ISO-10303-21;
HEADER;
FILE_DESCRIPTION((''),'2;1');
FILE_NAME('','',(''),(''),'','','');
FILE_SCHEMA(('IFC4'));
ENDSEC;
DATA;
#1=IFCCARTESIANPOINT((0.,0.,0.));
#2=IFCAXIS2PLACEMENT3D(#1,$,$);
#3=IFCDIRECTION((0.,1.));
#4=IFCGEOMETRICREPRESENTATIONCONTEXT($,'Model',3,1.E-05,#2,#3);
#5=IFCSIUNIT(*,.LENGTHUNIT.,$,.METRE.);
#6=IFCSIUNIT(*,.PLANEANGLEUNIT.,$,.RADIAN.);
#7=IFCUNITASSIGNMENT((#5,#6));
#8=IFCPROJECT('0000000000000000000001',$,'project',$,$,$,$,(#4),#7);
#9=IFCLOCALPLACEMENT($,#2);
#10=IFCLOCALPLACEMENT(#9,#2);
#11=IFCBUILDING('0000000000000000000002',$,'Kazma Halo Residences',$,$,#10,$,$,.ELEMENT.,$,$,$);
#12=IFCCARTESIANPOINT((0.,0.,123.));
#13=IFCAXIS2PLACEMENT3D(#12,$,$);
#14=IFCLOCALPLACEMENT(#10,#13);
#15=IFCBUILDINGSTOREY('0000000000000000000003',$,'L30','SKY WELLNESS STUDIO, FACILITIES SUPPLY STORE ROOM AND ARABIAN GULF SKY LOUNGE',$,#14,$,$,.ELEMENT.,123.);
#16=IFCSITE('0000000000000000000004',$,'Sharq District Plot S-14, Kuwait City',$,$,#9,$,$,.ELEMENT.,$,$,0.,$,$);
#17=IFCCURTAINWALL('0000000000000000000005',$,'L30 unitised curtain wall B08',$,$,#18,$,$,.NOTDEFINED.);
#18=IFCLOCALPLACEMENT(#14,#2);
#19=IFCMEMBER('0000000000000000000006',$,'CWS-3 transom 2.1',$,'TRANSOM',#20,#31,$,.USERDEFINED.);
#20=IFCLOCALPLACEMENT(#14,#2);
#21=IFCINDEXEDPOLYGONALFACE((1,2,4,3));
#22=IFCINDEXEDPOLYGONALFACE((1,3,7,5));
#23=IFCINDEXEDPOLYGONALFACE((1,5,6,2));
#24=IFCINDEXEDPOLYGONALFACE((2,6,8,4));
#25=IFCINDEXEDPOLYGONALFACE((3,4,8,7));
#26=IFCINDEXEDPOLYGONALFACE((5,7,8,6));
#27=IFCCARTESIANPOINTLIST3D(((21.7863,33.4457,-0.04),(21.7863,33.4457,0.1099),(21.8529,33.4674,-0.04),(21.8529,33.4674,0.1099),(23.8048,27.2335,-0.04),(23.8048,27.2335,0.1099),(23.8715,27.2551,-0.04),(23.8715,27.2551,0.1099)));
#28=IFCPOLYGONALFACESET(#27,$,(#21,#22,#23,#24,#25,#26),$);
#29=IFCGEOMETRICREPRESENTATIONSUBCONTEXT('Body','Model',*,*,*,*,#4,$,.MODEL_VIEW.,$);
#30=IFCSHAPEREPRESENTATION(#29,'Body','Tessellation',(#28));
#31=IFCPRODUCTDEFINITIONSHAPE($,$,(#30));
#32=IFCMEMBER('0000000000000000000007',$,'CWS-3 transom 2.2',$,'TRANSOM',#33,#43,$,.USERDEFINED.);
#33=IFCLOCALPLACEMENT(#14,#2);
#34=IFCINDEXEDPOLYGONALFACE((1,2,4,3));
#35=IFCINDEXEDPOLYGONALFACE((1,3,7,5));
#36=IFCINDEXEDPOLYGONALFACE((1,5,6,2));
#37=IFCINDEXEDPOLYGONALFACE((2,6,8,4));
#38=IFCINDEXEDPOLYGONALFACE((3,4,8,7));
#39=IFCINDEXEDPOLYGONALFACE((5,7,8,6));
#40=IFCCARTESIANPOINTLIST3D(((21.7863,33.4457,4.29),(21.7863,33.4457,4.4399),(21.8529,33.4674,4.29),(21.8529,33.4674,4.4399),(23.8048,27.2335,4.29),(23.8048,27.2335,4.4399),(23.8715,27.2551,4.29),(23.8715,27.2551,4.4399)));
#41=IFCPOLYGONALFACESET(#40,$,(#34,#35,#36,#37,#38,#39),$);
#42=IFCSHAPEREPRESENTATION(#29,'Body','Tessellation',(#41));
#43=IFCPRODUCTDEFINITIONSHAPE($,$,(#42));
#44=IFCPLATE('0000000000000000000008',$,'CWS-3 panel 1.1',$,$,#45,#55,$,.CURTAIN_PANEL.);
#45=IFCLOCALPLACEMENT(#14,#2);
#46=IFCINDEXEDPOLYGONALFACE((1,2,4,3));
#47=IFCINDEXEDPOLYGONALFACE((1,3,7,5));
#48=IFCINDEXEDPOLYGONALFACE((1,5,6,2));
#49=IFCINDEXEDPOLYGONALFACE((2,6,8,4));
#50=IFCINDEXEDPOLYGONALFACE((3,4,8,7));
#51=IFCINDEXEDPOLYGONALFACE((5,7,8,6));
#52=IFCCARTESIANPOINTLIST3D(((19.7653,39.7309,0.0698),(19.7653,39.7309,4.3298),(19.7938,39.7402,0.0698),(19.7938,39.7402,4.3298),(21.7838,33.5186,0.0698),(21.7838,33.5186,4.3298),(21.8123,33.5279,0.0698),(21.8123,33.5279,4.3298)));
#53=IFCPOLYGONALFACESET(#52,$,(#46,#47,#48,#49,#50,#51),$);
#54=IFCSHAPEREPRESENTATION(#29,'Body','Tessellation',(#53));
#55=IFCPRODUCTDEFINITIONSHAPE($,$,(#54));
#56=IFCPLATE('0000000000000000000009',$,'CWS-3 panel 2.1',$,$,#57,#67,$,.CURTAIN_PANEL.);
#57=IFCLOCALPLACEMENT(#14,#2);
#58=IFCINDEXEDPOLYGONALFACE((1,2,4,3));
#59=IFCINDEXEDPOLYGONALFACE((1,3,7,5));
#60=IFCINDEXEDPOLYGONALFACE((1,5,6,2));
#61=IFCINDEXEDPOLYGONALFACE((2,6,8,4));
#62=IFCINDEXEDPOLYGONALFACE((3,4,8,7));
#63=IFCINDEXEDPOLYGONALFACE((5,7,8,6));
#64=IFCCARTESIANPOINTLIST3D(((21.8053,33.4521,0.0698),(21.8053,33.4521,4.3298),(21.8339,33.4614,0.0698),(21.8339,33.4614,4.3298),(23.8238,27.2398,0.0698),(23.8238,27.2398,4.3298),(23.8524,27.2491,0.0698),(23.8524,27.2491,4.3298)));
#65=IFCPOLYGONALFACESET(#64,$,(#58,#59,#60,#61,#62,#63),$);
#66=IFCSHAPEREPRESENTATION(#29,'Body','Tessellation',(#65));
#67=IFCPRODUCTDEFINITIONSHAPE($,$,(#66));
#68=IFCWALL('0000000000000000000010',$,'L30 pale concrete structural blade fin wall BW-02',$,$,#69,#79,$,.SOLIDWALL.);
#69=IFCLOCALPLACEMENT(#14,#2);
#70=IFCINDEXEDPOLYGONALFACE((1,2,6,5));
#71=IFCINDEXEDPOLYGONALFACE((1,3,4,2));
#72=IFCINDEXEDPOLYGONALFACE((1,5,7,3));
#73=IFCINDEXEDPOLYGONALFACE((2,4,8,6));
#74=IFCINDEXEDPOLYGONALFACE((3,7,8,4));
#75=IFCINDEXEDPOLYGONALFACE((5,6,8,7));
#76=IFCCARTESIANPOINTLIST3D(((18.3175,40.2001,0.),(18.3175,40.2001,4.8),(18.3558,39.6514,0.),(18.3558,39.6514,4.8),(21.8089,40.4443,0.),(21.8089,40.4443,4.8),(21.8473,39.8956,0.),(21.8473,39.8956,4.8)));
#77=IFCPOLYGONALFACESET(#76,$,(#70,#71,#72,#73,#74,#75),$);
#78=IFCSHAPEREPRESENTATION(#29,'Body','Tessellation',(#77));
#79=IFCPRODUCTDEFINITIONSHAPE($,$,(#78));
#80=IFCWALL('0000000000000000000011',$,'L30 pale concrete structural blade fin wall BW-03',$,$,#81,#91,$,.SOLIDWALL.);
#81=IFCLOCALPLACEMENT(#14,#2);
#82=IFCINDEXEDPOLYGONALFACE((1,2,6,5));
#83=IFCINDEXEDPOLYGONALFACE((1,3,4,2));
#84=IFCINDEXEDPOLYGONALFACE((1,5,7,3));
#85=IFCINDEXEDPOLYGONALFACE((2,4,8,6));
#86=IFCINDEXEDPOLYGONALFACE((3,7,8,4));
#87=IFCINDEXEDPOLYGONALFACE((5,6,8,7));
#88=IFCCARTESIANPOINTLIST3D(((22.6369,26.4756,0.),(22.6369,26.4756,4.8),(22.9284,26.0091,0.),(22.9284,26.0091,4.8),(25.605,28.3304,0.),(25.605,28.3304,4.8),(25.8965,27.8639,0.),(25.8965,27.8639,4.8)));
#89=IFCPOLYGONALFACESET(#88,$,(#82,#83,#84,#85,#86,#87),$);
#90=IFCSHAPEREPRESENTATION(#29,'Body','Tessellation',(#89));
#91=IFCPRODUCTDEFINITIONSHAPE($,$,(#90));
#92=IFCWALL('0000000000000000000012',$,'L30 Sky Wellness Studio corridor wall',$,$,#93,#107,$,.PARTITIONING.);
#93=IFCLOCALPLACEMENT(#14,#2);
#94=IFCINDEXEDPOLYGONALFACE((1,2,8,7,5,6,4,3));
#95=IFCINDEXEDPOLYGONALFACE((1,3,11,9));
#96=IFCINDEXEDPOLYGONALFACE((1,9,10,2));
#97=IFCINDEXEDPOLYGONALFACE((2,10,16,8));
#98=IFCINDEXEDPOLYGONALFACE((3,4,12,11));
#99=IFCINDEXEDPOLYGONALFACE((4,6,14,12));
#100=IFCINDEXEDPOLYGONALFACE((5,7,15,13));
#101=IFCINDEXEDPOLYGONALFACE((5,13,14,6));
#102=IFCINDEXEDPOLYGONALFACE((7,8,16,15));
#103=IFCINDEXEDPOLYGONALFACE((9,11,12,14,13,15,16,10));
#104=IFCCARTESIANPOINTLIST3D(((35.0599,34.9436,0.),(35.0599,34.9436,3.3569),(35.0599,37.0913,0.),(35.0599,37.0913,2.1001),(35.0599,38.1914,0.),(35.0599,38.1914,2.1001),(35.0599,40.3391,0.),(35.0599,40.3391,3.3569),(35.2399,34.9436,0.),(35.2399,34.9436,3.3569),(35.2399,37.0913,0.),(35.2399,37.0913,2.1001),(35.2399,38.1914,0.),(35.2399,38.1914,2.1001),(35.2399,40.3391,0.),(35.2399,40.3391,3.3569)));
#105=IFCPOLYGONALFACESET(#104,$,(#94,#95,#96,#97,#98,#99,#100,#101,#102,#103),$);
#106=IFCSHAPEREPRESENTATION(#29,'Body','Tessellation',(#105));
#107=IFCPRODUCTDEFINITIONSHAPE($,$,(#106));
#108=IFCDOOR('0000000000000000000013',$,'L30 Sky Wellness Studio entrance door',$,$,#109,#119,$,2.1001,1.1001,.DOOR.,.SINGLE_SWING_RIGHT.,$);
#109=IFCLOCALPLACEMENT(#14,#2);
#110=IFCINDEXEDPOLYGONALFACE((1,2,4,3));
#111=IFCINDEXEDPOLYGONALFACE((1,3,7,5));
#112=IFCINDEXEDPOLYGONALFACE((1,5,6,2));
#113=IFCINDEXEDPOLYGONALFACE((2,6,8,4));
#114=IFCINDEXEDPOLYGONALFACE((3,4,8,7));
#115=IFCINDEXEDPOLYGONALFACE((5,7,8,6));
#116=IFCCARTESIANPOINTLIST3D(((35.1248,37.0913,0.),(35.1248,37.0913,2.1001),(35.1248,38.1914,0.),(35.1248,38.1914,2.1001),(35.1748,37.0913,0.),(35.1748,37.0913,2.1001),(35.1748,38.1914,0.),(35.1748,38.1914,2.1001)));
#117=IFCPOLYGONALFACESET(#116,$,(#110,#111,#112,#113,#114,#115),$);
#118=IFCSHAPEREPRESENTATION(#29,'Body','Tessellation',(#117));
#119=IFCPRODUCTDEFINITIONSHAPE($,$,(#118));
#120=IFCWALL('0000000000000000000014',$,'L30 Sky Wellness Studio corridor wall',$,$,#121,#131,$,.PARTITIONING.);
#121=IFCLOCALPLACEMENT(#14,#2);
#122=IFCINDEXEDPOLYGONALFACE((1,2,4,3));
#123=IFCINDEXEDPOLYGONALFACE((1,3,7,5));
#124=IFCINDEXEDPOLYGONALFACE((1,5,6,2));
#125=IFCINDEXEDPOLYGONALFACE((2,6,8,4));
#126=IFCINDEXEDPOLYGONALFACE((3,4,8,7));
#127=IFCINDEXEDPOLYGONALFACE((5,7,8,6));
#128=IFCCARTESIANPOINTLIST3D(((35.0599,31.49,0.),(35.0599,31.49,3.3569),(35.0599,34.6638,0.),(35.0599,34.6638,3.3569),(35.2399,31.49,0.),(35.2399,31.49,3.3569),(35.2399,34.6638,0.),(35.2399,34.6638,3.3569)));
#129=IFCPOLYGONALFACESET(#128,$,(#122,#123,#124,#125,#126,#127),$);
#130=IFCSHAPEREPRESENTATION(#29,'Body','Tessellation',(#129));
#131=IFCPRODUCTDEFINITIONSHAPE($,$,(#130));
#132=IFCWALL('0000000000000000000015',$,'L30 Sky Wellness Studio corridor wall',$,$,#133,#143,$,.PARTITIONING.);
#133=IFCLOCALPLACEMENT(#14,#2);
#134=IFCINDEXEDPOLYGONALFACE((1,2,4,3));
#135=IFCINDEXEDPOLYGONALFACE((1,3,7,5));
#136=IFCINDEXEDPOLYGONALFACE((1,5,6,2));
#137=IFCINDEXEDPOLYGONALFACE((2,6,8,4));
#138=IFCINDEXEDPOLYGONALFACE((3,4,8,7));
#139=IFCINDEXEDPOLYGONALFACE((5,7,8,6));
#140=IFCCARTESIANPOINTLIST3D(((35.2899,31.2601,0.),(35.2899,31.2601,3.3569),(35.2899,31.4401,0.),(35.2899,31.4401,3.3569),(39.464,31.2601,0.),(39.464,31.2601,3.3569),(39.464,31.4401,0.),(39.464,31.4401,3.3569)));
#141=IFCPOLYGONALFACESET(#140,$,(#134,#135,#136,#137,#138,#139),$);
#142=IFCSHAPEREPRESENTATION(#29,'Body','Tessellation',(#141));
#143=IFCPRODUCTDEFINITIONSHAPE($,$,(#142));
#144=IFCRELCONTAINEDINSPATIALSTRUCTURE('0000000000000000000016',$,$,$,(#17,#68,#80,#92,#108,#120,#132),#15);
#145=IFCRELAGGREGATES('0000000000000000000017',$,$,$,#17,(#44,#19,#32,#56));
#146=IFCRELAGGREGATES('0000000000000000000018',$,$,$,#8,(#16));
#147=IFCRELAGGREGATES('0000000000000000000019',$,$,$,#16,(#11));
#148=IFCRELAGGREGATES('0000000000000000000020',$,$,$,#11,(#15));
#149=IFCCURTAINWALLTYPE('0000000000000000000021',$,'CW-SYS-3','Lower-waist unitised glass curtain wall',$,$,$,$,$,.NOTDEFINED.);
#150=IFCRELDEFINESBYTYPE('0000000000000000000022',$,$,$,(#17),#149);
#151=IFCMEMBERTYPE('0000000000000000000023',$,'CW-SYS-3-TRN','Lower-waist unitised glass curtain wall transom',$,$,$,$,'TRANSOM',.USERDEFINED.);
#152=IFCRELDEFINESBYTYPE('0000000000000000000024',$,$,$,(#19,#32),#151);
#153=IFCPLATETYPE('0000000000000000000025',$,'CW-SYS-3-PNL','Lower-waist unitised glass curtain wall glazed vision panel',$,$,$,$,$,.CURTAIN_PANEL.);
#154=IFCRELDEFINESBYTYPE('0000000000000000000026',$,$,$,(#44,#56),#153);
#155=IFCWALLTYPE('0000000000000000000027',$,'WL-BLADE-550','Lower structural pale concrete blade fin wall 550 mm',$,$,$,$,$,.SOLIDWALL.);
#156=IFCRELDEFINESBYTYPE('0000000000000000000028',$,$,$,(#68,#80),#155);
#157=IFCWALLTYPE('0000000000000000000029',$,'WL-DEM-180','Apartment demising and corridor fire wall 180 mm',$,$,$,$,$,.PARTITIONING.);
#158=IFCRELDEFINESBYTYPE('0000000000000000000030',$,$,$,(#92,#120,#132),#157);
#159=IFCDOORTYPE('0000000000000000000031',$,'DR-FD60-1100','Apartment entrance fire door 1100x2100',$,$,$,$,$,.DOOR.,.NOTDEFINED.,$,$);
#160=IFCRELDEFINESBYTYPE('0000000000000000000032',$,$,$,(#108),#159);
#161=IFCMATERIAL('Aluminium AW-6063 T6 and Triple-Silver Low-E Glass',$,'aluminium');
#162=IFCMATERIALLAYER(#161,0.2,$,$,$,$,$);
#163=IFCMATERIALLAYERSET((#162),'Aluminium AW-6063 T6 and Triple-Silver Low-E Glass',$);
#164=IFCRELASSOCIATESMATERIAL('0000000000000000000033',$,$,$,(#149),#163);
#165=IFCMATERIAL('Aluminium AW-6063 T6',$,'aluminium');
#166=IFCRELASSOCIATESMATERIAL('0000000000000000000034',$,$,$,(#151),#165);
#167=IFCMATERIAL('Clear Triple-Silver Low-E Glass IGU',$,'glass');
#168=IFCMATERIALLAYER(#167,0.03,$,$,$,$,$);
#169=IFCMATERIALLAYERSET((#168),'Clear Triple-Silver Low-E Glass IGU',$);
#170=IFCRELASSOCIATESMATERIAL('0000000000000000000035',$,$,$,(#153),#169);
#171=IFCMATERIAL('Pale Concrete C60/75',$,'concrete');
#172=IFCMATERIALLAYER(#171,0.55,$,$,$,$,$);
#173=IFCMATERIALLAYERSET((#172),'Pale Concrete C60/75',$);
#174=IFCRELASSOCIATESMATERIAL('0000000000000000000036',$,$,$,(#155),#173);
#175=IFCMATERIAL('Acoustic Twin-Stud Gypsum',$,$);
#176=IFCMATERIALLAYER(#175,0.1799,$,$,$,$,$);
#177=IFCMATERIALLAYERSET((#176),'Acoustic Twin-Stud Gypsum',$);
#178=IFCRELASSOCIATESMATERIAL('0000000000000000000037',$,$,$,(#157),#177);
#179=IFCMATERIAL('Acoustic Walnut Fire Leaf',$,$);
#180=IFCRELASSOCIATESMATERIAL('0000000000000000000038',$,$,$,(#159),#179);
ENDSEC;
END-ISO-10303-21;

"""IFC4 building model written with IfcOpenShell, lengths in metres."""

from ifc_helpers import new_model, si_unit, direction, frame, frame_2d, origin, origin_2d, place, context, subcontext, project, spatial, rectangle, extrude, material, layer, layer_set, material_profile, profile_set, type_object, element, fill, aggregate, save


model = new_model("IFC4")

# Units and contexts
model_context = context("Model", 3, precision=1e-05, world=origin(), true_north=direction((0.0, 1.0)))
body_context = subcontext(model_context, "Body", "Model", "MODEL_VIEW")
ifc_project = project(units=[si_unit("LENGTHUNIT", "METRE"), si_unit("PLANEANGLEUNIT", "RADIAN")], contexts=[model_context])

# Site, building, storey
site_placement = place(None, origin())
site = spatial("IfcSite", under=ifc_project, at=site_placement, Name="Sharq District Plot S-14, Kuwait City", CompositionType="ELEMENT", RefElevation=0.0)
building_placement = place(site_placement, origin())
building = spatial("IfcBuilding", under=site, at=building_placement, Name="Kazma Halo Residences", CompositionType="ELEMENT")
storey_placement = place(building_placement, frame((0.0, 0.0, 123.0)))
storey = spatial("IfcBuildingStorey", under=building, at=storey_placement, Name="L30", Description="SKY WELLNESS STUDIO, FACILITIES SUPPLY STORE ROOM AND ARABIAN GULF SKY LOUNGE", CompositionType="ELEMENT", Elevation=123.0)

# Shared definitions
ifc_material_1 = material(Name="Aluminium AW-6063 T6 and Triple-Silver Low-E Glass", Category="aluminium")
ifc_layer_1 = layer(ifc_material_1, 0.2)
ifc_layer_set_1 = layer_set([ifc_layer_1], Name="Aluminium AW-6063 T6 and Triple-Silver Low-E Glass")
curtain_wall_type = type_object("IfcCurtainWallType", Name="CW-SYS-3", Description="Lower-waist unitised glass curtain wall", PredefinedType="NOTDEFINED", material=ifc_layer_set_1)
ifc_material_2 = material(Name="Aluminium AW-6063 T6", Category="aluminium")

# Curtain wall
curtain_wall_1_placement = place(storey_placement, origin())
curtain_wall_1 = element("IfcCurtainWall", 1, at=curtain_wall_1_placement, inside=storey, type_object=curtain_wall_type, Name="L30 unitised curtain wall B08", PredefinedType="NOTDEFINED")

# Members
ifc_material_profile_1 = material_profile(ifc_material_2, rectangle(XDim=0.0701, YDim=0.1499, at=origin_2d()), Name="CWT-70x150")
ifc_profile_set_1 = profile_set([ifc_material_profile_1], Name="Aluminium AW-6063 T6")
member_type_1 = type_object("IfcMemberType", Name="CW-SYS-3-TRN", Description="Lower-waist unitised glass curtain wall transom", ElementType="TRANSOM", PredefinedType="USERDEFINED", material=ifc_profile_set_1)
member_1_placement = place(storey_placement, frame((21.8196, 33.4565, 0.0349), z_axis=(0.309031, -0.951052, 0.0), x_axis=(0.951052, 0.309031, 0.0)))
member_1 = element("IfcMember", 2, at=member_1_placement, type_object=member_type_1, Name="CWS-3 transom 2.1", ObjectType="TRANSOM", PredefinedType="USERDEFINED", context=body_context, shape_type="SweptSolid", body=[
    extrude(rectangle(XDim=0.0701, YDim=0.1499, at=origin_2d()), origin(), (0.0, 0.0, 1.0), 6.532),
])
member_2_placement = place(storey_placement, frame((21.8196, 33.4565, 4.365), z_axis=(0.309031, -0.951052, 0.0), x_axis=(0.951052, 0.309031, 0.0)))
member_2 = element("IfcMember", 3, at=member_2_placement, type_object=member_type_1, Name="CWS-3 transom 2.2", ObjectType="TRANSOM", PredefinedType="USERDEFINED", context=body_context, shape_type="SweptSolid", body=[
    extrude(rectangle(XDim=0.0701, YDim=0.1499, at=origin_2d()), origin(), (0.0, 0.0, 1.0), 6.532),
])

# Plates
ifc_material_3 = material(Name="Clear Triple-Silver Low-E Glass IGU", Category="glass")
ifc_layer_2 = layer(ifc_material_3, 0.03)
ifc_layer_set_2 = layer_set([ifc_layer_2], Name="Clear Triple-Silver Low-E Glass IGU")
plate_type = type_object("IfcPlateType", Name="CW-SYS-3-PNL", Description="Lower-waist unitised glass curtain wall glazed vision panel", PredefinedType="CURTAIN_PANEL", material=ifc_layer_set_2)
plate_1_placement = place(storey_placement, frame((20.7888, 36.6294, 0.0698), z_axis=(0.0, 0.0, 1.0), x_axis=(0.309018, -0.951056, 0.0)))
plate_1 = element("IfcPlate", 4, at=plate_1_placement, type_object=plate_type, Name="CWS-3 panel 1.1", PredefinedType="CURTAIN_PANEL", context=body_context, shape_type="SweptSolid", body=[
    extrude(rectangle(XDim=6.532, YDim=0.03, at=origin_2d()), origin(), (0.0, 0.0, 1.0), 4.26),
])
plate_2_placement = place(storey_placement, frame((22.8289, 30.3506, 0.0698), z_axis=(0.0, 0.0, 1.0), x_axis=(0.309018, -0.951056, 0.0)))
plate_2 = element("IfcPlate", 5, at=plate_2_placement, type_object=plate_type, Name="CWS-3 panel 2.1", PredefinedType="CURTAIN_PANEL", context=body_context, shape_type="SweptSolid", body=[
    extrude(rectangle(XDim=6.532, YDim=0.03, at=origin_2d()), origin(), (0.0, 0.0, 1.0), 4.26),
])
aggregate(curtain_wall_1, [plate_1, member_1, member_2, plate_2])

# Walls
ifc_material_4 = material(Name="Pale Concrete C60/75", Category="concrete")
ifc_layer_3 = layer(ifc_material_4, 0.55)
ifc_layer_set_3 = layer_set([ifc_layer_3], Name="Pale Concrete C60/75")
wall_type_1 = type_object("IfcWallType", Name="WL-BLADE-550", Description="Lower structural pale concrete blade fin wall 550 mm", PredefinedType="SOLIDWALL", material=ifc_layer_set_3)
for number, where, z_axis, x_axis, name in (
    (6, (21.8281, 40.1699, 0.0), (0.0, 0.0, 1.0), (-0.997564, -0.069755, 0.0), "L30 pale concrete structural blade fin wall BW-02"),
    (7, (25.7507, 28.0972, 0.0), (0.0, 0.0, 1.0), (-0.848034, -0.529943, 0.0), "L30 pale concrete structural blade fin wall BW-03"),
):
    element("IfcWall", number, at=place(storey_placement, frame(where, z_axis=z_axis, x_axis=x_axis)), inside=storey, type_object=wall_type_1, Name=name, PredefinedType="SOLIDWALL", context=body_context, shape_type="SweptSolid", body=[
        extrude(rectangle(XDim=3.5, YDim=0.55, at=frame_2d((1.75, 0.0))), origin(), (0.0, 0.0, 1.0), 4.8),
    ])

# Wall, opening, door
ifc_material_5 = material(Name="Acoustic Twin-Stud Gypsum")
ifc_layer_4 = layer(ifc_material_5, 0.1799)
ifc_layer_set_4 = layer_set([ifc_layer_4], Name="Acoustic Twin-Stud Gypsum")
wall_type_2 = type_object("IfcWallType", Name="WL-DEM-180", Description="Apartment demising and corridor fire wall 180 mm", PredefinedType="PARTITIONING", material=ifc_layer_set_4)
wall_1_placement = place(storey_placement, frame((35.1499, 40.3391, 0.0), z_axis=(0.0, 0.0, 1.0), x_axis=(0.0, -1.0, 0.0)))
wall_1 = element("IfcWall", 8, at=wall_1_placement, inside=storey, type_object=wall_type_2, Name="L30 Sky Wellness Studio corridor wall", PredefinedType="PARTITIONING", context=body_context, shape_type="SweptSolid", body=[
    extrude(rectangle(XDim=5.3955, YDim=0.1799, at=frame_2d((2.6978, 0.0))), origin(), (0.0, 0.0, 1.0), 3.3569),
])
opening_placement = place(wall_1_placement, frame((2.1477, 0.0, 0.0)))
opening = element("IfcOpeningElement", 9, at=opening_placement, cuts=wall_1, PredefinedType="OPENING", context=body_context, shape_type="SweptSolid", body=[
    extrude(rectangle(XDim=1.1001, YDim=2.1001, at=frame_2d((0.55, 1.05))), frame((0.0, 0.0999, 0.0), z_axis=(0.0, -1.0, 0.0), x_axis=(1.0, 0.0, 0.0)), (0.0, 0.0, 1.0), 0.2),
])
ifc_material_6 = material(Name="Acoustic Walnut Fire Leaf")
door_type = type_object("IfcDoorType", Name="DR-FD60-1100", Description="Apartment entrance fire door 1100x2100", OperationType="NOTDEFINED", PredefinedType="DOOR", material=ifc_material_6)
door_placement = place(opening_placement, origin())
door = element("IfcDoor", 10, at=door_placement, inside=storey, type_object=door_type, Name="L30 Sky Wellness Studio entrance door", OperationType="SINGLE_SWING_RIGHT", OverallHeight=2.1001, OverallWidth=1.1001, PredefinedType="DOOR", context=body_context, shape_type="SweptSolid", body=[
    extrude(rectangle(XDim=1.1001, YDim=2.1001, at=frame_2d((0.55, 1.05))), frame((0.0, 0.0249, 0.0), z_axis=(0.0, -1.0, 0.0), x_axis=(1.0, 0.0, 0.0)), (0.0, 0.0, 1.0), 0.05),
])
fill(opening, door)

# Walls
wall_2_placement = place(storey_placement, frame((35.1499, 34.6638, 0.0), z_axis=(0.0, 0.0, 1.0), x_axis=(0.0, -1.0, 0.0)))
element("IfcWall", 11, at=wall_2_placement, inside=storey, type_object=wall_type_2, Name="L30 Sky Wellness Studio corridor wall", PredefinedType="PARTITIONING", context=body_context, shape_type="SweptSolid", body=[
    extrude(rectangle(XDim=3.1738, YDim=0.1799, at=frame_2d((1.5869, 0.0))), origin(), (0.0, 0.0, 1.0), 3.3569),
])
wall_3_placement = place(storey_placement, frame((35.29, 31.3501, 0.0), z_axis=(0.0, 0.0, 1.0), x_axis=(1.0, 0.0, 0.0)))
element("IfcWall", 12, at=wall_3_placement, inside=storey, type_object=wall_type_2, Name="L30 Sky Wellness Studio corridor wall", PredefinedType="PARTITIONING", context=body_context, shape_type="SweptSolid", body=[
    extrude(rectangle(XDim=4.1741, YDim=0.1799, at=frame_2d((2.0869, 0.0))), origin(), (0.0, 0.0, 1.0), 3.3569),
])

save(model, "model.ifc")
